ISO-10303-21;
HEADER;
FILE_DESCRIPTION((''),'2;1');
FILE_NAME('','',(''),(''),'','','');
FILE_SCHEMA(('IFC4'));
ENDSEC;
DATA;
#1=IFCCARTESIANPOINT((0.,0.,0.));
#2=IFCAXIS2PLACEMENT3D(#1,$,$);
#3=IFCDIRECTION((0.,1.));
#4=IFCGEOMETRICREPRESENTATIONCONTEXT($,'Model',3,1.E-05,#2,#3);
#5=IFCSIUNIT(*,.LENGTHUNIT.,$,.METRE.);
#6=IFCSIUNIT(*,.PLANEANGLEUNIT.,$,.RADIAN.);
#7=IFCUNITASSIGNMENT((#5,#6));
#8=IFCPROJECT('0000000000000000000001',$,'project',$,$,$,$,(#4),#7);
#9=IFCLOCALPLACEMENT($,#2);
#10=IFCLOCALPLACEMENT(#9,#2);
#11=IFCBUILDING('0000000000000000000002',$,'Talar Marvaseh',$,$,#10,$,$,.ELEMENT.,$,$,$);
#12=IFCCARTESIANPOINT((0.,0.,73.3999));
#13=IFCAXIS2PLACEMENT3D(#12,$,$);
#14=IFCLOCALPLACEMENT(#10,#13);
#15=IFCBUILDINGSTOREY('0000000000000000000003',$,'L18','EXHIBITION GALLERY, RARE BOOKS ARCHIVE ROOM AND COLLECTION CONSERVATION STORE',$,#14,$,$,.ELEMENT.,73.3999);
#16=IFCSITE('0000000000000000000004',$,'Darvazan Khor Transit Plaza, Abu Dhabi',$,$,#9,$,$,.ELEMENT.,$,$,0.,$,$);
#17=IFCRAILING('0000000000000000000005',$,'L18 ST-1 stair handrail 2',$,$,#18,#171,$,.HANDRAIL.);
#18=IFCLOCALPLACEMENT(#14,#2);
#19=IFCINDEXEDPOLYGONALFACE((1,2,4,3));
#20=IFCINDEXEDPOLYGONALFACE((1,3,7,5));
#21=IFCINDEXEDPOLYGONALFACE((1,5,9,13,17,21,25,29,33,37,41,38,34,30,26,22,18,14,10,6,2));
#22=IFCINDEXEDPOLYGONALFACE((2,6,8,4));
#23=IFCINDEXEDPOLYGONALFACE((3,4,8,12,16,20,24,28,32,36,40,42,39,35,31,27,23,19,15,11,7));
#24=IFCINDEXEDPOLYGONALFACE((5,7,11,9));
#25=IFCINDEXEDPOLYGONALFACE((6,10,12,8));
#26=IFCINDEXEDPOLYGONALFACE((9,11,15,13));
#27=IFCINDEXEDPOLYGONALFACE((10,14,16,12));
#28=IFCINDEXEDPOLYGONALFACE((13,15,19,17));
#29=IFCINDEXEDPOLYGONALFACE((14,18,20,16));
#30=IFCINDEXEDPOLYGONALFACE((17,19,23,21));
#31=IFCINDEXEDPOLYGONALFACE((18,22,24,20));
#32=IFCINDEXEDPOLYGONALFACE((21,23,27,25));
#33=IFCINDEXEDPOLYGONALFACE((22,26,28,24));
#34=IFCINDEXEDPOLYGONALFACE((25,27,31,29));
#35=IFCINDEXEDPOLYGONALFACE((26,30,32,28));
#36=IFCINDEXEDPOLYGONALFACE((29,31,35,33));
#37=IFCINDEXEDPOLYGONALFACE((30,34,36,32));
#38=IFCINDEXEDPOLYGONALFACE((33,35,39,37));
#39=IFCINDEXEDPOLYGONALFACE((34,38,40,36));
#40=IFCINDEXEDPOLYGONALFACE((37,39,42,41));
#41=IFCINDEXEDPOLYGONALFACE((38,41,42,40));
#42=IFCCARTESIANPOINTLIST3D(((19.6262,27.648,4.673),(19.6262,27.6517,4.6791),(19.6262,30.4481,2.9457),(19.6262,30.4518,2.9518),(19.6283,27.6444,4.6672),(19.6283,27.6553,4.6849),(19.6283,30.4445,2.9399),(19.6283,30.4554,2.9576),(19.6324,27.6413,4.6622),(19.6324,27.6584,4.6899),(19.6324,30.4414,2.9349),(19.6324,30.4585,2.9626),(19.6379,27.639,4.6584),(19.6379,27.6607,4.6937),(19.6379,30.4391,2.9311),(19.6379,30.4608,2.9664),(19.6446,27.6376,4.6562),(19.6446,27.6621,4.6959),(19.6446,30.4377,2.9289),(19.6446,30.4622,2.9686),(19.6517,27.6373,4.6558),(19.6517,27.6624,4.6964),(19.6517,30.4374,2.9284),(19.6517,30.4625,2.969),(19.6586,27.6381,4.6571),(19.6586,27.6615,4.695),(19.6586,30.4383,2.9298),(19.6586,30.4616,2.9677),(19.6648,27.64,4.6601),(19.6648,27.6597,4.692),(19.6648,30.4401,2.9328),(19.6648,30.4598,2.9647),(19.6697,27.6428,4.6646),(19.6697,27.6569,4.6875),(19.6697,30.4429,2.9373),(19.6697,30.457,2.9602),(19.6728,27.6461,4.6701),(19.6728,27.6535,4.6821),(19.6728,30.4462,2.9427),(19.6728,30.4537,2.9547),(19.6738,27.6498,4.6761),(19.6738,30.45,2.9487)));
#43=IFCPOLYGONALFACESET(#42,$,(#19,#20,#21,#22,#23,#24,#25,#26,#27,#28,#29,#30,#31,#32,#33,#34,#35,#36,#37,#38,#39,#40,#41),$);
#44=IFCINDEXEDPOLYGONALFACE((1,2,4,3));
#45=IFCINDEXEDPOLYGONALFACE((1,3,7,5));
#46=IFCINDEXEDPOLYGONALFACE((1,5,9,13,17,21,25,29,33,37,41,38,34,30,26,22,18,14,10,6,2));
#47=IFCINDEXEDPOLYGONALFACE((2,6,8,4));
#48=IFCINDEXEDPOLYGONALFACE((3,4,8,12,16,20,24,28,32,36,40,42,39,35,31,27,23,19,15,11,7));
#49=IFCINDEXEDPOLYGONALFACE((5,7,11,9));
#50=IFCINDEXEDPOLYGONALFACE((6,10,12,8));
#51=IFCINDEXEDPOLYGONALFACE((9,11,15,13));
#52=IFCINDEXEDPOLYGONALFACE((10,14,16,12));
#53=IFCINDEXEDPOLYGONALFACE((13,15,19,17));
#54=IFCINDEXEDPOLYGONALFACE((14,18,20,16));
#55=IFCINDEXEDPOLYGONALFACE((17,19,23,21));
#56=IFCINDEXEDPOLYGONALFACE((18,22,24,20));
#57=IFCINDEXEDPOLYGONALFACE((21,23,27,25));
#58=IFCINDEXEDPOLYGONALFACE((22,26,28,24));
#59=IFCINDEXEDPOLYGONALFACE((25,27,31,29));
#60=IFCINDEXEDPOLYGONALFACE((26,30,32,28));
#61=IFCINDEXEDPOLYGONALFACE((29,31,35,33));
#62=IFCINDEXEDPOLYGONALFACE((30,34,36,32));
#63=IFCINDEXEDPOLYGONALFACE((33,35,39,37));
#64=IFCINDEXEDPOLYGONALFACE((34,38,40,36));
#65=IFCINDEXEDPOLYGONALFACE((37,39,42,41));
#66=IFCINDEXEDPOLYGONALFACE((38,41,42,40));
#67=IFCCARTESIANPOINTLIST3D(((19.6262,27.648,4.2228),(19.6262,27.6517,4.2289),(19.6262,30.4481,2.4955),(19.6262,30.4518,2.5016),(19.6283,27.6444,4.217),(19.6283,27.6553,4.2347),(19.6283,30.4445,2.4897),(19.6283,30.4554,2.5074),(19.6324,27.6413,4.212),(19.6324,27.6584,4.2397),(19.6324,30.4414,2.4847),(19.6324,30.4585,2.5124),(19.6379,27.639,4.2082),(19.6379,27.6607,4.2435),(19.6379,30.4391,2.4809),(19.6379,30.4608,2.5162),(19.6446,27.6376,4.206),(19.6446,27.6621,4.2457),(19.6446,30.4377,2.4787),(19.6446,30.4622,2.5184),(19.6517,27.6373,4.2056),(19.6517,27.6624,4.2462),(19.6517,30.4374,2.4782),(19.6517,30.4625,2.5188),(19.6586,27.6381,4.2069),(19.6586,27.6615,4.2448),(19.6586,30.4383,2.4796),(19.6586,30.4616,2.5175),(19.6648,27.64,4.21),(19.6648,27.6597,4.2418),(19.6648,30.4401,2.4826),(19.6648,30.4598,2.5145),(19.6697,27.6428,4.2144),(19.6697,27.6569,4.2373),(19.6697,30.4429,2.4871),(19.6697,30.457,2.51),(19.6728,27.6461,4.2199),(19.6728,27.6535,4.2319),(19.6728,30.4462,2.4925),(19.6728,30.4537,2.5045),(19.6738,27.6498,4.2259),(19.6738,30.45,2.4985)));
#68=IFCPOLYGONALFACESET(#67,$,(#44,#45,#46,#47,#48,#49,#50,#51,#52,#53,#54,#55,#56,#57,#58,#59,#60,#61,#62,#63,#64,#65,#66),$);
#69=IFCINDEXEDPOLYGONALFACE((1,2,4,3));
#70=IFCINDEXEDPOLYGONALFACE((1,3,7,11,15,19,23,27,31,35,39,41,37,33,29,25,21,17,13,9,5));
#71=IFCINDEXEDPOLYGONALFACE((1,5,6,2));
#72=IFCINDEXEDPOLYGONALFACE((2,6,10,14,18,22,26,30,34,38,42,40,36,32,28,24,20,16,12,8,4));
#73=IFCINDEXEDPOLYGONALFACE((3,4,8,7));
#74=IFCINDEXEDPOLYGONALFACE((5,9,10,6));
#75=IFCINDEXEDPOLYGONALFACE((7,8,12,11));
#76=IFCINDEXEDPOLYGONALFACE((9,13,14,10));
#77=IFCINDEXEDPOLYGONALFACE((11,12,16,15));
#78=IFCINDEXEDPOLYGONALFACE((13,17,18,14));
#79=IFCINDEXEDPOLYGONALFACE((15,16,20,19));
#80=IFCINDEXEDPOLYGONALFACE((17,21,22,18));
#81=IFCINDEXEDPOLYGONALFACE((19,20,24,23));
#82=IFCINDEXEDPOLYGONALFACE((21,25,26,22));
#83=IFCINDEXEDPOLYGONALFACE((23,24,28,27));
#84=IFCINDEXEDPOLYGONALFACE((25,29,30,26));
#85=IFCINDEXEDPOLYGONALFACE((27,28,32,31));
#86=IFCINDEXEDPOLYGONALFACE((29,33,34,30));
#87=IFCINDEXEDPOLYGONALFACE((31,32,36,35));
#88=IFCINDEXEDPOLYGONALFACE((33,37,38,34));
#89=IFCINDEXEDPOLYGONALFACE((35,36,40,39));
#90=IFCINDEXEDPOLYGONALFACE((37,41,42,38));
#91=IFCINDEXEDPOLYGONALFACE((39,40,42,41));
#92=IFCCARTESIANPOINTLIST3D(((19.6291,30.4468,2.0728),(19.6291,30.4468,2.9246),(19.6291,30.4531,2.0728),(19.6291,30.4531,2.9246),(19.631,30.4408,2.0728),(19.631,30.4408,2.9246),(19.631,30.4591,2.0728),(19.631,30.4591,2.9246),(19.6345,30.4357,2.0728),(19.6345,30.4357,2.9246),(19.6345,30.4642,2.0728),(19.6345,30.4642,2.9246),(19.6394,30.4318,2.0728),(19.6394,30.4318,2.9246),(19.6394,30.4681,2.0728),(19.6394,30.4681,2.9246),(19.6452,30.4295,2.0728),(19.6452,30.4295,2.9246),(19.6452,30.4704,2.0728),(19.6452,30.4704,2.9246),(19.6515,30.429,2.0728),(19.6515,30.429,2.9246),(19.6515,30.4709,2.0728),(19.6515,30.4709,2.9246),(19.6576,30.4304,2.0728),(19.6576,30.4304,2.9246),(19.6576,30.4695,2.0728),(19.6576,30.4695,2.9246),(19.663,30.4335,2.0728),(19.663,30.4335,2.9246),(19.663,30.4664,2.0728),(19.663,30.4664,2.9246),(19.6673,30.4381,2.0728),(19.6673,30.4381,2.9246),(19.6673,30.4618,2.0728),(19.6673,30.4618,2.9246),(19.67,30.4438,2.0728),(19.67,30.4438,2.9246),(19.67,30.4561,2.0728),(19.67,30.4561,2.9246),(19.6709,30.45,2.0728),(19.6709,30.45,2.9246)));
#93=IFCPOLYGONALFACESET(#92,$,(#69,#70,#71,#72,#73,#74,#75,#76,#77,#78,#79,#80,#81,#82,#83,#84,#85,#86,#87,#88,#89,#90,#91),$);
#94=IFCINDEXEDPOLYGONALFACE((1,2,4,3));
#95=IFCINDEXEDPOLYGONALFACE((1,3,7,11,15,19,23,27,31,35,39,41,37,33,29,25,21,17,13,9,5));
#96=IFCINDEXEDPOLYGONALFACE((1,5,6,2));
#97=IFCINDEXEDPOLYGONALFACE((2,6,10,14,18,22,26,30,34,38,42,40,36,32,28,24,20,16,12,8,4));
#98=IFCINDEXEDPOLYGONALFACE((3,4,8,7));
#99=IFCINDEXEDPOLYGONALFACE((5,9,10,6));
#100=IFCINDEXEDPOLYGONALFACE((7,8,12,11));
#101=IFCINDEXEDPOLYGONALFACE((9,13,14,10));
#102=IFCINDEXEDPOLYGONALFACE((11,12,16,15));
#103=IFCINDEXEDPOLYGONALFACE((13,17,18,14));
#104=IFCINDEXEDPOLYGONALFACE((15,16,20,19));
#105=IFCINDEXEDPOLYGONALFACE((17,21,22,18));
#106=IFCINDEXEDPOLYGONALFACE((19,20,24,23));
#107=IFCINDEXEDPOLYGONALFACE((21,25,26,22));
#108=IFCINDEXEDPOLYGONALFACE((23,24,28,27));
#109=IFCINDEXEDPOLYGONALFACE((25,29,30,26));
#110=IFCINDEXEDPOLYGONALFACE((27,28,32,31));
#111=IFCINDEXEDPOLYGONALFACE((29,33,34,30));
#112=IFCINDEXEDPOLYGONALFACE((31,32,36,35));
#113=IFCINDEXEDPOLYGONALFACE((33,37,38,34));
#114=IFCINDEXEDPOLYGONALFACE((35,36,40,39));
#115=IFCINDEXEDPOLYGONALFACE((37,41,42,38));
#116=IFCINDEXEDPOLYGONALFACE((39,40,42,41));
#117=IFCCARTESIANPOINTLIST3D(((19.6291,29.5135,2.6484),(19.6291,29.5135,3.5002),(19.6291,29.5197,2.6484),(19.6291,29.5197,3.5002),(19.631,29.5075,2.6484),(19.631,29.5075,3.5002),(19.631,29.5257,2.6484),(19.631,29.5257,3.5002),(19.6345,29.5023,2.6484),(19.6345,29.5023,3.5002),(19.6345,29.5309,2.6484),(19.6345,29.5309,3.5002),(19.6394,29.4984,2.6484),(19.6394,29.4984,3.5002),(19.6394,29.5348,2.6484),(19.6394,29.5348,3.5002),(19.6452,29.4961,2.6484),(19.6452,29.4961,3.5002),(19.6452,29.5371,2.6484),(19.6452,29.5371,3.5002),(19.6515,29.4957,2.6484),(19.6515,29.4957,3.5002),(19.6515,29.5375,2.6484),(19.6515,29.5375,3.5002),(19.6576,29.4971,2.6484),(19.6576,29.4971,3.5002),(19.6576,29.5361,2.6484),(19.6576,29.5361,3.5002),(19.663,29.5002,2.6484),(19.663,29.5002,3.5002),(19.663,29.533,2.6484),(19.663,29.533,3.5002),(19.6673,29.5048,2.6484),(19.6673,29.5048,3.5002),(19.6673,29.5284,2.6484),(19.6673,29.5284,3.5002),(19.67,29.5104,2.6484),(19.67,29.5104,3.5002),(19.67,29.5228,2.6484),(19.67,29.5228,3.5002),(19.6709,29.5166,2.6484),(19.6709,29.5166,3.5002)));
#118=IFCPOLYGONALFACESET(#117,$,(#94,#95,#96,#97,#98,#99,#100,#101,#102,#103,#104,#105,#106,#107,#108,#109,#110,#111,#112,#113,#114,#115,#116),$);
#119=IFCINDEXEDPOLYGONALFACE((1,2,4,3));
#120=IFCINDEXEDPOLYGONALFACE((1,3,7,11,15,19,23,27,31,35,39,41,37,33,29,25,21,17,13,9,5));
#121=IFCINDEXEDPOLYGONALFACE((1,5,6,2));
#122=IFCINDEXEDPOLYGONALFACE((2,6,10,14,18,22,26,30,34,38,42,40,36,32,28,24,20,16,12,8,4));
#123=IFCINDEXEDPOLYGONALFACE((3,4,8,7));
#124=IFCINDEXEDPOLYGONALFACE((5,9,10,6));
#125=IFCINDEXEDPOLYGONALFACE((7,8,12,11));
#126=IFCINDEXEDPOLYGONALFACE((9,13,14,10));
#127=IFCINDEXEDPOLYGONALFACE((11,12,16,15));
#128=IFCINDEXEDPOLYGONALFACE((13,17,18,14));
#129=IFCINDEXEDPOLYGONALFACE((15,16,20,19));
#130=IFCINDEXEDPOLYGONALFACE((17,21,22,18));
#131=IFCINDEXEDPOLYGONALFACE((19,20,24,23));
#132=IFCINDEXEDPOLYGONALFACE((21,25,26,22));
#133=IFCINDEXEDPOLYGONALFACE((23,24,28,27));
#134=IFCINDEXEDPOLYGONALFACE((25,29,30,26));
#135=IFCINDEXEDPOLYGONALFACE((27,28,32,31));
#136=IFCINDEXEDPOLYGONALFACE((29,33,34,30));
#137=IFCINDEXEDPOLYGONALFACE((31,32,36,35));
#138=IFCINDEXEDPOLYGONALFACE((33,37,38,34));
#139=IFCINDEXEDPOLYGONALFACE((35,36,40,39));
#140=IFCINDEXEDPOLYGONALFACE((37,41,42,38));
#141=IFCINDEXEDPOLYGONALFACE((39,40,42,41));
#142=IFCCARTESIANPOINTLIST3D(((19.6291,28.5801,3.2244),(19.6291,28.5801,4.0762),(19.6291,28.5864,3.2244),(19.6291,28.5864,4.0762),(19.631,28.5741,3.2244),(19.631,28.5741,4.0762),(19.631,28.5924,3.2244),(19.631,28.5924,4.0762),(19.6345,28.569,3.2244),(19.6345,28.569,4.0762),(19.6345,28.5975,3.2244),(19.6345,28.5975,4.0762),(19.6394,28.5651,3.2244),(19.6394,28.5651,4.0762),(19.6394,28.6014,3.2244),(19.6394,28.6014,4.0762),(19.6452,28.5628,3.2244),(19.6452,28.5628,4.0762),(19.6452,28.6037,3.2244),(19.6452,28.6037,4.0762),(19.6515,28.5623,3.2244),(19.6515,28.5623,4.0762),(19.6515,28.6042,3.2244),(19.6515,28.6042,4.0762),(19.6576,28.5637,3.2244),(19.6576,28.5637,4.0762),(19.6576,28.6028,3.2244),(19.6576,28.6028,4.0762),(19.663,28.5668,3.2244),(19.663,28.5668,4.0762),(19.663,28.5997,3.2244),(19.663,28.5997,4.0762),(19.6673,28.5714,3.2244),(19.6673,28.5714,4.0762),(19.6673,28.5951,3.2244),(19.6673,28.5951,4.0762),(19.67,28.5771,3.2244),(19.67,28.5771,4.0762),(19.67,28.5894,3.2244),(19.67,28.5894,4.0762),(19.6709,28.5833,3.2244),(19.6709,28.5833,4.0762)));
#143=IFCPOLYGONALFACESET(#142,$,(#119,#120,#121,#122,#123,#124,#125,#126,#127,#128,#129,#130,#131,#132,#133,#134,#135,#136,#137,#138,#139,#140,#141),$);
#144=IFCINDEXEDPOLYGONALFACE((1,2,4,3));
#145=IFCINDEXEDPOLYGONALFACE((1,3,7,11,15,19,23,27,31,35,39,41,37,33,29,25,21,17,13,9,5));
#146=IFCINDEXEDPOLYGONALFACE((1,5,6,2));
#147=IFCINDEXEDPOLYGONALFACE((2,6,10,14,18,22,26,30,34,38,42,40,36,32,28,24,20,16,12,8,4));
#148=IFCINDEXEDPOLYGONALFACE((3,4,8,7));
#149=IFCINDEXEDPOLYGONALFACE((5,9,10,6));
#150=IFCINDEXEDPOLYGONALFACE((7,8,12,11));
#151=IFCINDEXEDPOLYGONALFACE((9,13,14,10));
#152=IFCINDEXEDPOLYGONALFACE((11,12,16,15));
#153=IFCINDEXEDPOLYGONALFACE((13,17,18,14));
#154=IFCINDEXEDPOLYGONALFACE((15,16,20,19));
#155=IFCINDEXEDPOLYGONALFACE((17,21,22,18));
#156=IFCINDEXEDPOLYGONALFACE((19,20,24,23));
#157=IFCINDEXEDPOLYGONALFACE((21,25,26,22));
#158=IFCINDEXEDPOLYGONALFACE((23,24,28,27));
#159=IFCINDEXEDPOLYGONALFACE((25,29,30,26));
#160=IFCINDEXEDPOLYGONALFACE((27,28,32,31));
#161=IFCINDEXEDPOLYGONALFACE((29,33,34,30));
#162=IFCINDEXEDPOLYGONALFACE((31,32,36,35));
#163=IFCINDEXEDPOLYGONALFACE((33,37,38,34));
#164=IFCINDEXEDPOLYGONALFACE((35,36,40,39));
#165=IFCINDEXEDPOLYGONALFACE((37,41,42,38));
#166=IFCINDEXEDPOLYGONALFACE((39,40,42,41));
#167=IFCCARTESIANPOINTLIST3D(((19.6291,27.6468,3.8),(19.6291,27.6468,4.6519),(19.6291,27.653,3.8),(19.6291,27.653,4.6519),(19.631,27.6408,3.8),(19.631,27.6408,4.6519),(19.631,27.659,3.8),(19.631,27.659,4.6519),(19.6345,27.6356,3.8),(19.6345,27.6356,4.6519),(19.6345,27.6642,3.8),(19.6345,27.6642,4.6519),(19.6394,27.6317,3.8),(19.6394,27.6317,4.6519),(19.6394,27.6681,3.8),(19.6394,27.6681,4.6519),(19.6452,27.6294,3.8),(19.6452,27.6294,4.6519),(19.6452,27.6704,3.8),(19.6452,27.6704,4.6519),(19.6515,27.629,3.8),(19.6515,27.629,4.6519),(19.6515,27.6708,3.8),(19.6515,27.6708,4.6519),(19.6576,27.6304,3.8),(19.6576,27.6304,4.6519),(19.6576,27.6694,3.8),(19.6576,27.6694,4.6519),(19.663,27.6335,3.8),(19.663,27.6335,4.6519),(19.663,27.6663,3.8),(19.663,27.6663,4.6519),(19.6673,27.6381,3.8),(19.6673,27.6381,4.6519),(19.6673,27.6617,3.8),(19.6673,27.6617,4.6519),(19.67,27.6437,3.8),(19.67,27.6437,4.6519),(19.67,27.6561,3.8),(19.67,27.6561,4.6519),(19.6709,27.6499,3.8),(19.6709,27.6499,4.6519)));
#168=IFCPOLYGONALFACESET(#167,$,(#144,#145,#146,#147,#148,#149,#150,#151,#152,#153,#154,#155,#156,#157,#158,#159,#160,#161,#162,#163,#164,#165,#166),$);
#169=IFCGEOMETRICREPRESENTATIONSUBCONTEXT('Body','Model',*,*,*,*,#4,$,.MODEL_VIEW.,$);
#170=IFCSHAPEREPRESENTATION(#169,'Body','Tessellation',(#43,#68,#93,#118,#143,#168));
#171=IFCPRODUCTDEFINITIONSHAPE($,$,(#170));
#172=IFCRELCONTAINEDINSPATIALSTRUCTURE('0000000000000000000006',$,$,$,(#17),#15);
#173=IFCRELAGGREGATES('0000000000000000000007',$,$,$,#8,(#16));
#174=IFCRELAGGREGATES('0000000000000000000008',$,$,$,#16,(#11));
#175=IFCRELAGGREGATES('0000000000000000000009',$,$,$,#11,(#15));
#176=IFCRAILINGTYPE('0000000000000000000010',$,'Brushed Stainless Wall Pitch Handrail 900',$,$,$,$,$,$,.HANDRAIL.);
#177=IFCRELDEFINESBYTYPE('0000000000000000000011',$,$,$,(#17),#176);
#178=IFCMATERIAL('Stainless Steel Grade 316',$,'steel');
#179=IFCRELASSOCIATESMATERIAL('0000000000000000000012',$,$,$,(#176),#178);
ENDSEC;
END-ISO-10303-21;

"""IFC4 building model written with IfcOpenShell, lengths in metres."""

from ifc_helpers import new_model, si_unit, direction, frame, origin, origin_2d, place, context, subcontext, project, spatial, circle, extrude, material, type_object, element, save


model = new_model("IFC4")

# Units and contexts
model_context = context("Model", 3, precision=1e-05, world=origin(), true_north=direction((0.0, 1.0)))
body_context = subcontext(model_context, "Body", "Model", "MODEL_VIEW")
ifc_project = project(units=[si_unit("LENGTHUNIT", "METRE"), si_unit("PLANEANGLEUNIT", "RADIAN")], contexts=[model_context])

# Site, building, storey
site_placement = place(None, origin())
site = spatial("IfcSite", under=ifc_project, at=site_placement, Name="Darvazan Khor Transit Plaza, Abu Dhabi", CompositionType="ELEMENT", RefElevation=0.0)
building_placement = place(site_placement, origin())
building = spatial("IfcBuilding", under=site, at=building_placement, Name="Talar Marvaseh", CompositionType="ELEMENT")
storey_placement = place(building_placement, frame((0.0, 0.0, 73.3999)))
storey = spatial("IfcBuildingStorey", under=building, at=storey_placement, Name="L18", Description="EXHIBITION GALLERY, RARE BOOKS ARCHIVE ROOM AND COLLECTION CONSERVATION STORE", CompositionType="ELEMENT", Elevation=73.3999)

# Railing
ifc_material_1 = material(Name="Stainless Steel Grade 316", Category="steel")
railing_type_1 = type_object("IfcRailingType", Name="Brushed Stainless Wall Pitch Handrail 900", PredefinedType="HANDRAIL", material=ifc_material_1)
railing_1_placement = place(storey_placement, frame((19.6499, 30.45, 2.0728)))
element("IfcRailing", 1, at=railing_1_placement, inside=storey, type_object=railing_type_1, Name="L18 ST-1 stair handrail 2", PredefinedType="HANDRAIL", context=body_context, shape_type="SweptSolid", body=[
    extrude(circle(Radius=0.0239, at=origin_2d()), frame((0.0, 0.0, 0.876), z_axis=(0.0, -0.85109, 0.52502), x_axis=(1.0, 0.0, 0.0)), (0.0, 0.0, 1.0), 3.29),
    extrude(circle(Radius=0.0239, at=origin_2d()), frame((0.0, 0.0, 0.4258), z_axis=(0.0, -0.85109, 0.52502), x_axis=(1.0, 0.0, 0.0)), (0.0, 0.0, 1.0), 3.29),
    extrude(circle(Radius=0.021, at=origin_2d()), origin(), (0.0, 0.0, 1.0), 0.8518),
    extrude(circle(Radius=0.021, at=origin_2d()), frame((0.0, -0.9333, 0.5757)), (0.0, 0.0, 1.0), 0.8518),
    extrude(circle(Radius=0.021, at=origin_2d()), frame((0.0, -1.8667, 1.1516)), (0.0, 0.0, 1.0), 0.8518),
    extrude(circle(Radius=0.021, at=origin_2d()), frame((0.0, -2.8, 1.7273)), (0.0, 0.0, 1.0), 0.8518),
])

save(model, "model.ifc")
